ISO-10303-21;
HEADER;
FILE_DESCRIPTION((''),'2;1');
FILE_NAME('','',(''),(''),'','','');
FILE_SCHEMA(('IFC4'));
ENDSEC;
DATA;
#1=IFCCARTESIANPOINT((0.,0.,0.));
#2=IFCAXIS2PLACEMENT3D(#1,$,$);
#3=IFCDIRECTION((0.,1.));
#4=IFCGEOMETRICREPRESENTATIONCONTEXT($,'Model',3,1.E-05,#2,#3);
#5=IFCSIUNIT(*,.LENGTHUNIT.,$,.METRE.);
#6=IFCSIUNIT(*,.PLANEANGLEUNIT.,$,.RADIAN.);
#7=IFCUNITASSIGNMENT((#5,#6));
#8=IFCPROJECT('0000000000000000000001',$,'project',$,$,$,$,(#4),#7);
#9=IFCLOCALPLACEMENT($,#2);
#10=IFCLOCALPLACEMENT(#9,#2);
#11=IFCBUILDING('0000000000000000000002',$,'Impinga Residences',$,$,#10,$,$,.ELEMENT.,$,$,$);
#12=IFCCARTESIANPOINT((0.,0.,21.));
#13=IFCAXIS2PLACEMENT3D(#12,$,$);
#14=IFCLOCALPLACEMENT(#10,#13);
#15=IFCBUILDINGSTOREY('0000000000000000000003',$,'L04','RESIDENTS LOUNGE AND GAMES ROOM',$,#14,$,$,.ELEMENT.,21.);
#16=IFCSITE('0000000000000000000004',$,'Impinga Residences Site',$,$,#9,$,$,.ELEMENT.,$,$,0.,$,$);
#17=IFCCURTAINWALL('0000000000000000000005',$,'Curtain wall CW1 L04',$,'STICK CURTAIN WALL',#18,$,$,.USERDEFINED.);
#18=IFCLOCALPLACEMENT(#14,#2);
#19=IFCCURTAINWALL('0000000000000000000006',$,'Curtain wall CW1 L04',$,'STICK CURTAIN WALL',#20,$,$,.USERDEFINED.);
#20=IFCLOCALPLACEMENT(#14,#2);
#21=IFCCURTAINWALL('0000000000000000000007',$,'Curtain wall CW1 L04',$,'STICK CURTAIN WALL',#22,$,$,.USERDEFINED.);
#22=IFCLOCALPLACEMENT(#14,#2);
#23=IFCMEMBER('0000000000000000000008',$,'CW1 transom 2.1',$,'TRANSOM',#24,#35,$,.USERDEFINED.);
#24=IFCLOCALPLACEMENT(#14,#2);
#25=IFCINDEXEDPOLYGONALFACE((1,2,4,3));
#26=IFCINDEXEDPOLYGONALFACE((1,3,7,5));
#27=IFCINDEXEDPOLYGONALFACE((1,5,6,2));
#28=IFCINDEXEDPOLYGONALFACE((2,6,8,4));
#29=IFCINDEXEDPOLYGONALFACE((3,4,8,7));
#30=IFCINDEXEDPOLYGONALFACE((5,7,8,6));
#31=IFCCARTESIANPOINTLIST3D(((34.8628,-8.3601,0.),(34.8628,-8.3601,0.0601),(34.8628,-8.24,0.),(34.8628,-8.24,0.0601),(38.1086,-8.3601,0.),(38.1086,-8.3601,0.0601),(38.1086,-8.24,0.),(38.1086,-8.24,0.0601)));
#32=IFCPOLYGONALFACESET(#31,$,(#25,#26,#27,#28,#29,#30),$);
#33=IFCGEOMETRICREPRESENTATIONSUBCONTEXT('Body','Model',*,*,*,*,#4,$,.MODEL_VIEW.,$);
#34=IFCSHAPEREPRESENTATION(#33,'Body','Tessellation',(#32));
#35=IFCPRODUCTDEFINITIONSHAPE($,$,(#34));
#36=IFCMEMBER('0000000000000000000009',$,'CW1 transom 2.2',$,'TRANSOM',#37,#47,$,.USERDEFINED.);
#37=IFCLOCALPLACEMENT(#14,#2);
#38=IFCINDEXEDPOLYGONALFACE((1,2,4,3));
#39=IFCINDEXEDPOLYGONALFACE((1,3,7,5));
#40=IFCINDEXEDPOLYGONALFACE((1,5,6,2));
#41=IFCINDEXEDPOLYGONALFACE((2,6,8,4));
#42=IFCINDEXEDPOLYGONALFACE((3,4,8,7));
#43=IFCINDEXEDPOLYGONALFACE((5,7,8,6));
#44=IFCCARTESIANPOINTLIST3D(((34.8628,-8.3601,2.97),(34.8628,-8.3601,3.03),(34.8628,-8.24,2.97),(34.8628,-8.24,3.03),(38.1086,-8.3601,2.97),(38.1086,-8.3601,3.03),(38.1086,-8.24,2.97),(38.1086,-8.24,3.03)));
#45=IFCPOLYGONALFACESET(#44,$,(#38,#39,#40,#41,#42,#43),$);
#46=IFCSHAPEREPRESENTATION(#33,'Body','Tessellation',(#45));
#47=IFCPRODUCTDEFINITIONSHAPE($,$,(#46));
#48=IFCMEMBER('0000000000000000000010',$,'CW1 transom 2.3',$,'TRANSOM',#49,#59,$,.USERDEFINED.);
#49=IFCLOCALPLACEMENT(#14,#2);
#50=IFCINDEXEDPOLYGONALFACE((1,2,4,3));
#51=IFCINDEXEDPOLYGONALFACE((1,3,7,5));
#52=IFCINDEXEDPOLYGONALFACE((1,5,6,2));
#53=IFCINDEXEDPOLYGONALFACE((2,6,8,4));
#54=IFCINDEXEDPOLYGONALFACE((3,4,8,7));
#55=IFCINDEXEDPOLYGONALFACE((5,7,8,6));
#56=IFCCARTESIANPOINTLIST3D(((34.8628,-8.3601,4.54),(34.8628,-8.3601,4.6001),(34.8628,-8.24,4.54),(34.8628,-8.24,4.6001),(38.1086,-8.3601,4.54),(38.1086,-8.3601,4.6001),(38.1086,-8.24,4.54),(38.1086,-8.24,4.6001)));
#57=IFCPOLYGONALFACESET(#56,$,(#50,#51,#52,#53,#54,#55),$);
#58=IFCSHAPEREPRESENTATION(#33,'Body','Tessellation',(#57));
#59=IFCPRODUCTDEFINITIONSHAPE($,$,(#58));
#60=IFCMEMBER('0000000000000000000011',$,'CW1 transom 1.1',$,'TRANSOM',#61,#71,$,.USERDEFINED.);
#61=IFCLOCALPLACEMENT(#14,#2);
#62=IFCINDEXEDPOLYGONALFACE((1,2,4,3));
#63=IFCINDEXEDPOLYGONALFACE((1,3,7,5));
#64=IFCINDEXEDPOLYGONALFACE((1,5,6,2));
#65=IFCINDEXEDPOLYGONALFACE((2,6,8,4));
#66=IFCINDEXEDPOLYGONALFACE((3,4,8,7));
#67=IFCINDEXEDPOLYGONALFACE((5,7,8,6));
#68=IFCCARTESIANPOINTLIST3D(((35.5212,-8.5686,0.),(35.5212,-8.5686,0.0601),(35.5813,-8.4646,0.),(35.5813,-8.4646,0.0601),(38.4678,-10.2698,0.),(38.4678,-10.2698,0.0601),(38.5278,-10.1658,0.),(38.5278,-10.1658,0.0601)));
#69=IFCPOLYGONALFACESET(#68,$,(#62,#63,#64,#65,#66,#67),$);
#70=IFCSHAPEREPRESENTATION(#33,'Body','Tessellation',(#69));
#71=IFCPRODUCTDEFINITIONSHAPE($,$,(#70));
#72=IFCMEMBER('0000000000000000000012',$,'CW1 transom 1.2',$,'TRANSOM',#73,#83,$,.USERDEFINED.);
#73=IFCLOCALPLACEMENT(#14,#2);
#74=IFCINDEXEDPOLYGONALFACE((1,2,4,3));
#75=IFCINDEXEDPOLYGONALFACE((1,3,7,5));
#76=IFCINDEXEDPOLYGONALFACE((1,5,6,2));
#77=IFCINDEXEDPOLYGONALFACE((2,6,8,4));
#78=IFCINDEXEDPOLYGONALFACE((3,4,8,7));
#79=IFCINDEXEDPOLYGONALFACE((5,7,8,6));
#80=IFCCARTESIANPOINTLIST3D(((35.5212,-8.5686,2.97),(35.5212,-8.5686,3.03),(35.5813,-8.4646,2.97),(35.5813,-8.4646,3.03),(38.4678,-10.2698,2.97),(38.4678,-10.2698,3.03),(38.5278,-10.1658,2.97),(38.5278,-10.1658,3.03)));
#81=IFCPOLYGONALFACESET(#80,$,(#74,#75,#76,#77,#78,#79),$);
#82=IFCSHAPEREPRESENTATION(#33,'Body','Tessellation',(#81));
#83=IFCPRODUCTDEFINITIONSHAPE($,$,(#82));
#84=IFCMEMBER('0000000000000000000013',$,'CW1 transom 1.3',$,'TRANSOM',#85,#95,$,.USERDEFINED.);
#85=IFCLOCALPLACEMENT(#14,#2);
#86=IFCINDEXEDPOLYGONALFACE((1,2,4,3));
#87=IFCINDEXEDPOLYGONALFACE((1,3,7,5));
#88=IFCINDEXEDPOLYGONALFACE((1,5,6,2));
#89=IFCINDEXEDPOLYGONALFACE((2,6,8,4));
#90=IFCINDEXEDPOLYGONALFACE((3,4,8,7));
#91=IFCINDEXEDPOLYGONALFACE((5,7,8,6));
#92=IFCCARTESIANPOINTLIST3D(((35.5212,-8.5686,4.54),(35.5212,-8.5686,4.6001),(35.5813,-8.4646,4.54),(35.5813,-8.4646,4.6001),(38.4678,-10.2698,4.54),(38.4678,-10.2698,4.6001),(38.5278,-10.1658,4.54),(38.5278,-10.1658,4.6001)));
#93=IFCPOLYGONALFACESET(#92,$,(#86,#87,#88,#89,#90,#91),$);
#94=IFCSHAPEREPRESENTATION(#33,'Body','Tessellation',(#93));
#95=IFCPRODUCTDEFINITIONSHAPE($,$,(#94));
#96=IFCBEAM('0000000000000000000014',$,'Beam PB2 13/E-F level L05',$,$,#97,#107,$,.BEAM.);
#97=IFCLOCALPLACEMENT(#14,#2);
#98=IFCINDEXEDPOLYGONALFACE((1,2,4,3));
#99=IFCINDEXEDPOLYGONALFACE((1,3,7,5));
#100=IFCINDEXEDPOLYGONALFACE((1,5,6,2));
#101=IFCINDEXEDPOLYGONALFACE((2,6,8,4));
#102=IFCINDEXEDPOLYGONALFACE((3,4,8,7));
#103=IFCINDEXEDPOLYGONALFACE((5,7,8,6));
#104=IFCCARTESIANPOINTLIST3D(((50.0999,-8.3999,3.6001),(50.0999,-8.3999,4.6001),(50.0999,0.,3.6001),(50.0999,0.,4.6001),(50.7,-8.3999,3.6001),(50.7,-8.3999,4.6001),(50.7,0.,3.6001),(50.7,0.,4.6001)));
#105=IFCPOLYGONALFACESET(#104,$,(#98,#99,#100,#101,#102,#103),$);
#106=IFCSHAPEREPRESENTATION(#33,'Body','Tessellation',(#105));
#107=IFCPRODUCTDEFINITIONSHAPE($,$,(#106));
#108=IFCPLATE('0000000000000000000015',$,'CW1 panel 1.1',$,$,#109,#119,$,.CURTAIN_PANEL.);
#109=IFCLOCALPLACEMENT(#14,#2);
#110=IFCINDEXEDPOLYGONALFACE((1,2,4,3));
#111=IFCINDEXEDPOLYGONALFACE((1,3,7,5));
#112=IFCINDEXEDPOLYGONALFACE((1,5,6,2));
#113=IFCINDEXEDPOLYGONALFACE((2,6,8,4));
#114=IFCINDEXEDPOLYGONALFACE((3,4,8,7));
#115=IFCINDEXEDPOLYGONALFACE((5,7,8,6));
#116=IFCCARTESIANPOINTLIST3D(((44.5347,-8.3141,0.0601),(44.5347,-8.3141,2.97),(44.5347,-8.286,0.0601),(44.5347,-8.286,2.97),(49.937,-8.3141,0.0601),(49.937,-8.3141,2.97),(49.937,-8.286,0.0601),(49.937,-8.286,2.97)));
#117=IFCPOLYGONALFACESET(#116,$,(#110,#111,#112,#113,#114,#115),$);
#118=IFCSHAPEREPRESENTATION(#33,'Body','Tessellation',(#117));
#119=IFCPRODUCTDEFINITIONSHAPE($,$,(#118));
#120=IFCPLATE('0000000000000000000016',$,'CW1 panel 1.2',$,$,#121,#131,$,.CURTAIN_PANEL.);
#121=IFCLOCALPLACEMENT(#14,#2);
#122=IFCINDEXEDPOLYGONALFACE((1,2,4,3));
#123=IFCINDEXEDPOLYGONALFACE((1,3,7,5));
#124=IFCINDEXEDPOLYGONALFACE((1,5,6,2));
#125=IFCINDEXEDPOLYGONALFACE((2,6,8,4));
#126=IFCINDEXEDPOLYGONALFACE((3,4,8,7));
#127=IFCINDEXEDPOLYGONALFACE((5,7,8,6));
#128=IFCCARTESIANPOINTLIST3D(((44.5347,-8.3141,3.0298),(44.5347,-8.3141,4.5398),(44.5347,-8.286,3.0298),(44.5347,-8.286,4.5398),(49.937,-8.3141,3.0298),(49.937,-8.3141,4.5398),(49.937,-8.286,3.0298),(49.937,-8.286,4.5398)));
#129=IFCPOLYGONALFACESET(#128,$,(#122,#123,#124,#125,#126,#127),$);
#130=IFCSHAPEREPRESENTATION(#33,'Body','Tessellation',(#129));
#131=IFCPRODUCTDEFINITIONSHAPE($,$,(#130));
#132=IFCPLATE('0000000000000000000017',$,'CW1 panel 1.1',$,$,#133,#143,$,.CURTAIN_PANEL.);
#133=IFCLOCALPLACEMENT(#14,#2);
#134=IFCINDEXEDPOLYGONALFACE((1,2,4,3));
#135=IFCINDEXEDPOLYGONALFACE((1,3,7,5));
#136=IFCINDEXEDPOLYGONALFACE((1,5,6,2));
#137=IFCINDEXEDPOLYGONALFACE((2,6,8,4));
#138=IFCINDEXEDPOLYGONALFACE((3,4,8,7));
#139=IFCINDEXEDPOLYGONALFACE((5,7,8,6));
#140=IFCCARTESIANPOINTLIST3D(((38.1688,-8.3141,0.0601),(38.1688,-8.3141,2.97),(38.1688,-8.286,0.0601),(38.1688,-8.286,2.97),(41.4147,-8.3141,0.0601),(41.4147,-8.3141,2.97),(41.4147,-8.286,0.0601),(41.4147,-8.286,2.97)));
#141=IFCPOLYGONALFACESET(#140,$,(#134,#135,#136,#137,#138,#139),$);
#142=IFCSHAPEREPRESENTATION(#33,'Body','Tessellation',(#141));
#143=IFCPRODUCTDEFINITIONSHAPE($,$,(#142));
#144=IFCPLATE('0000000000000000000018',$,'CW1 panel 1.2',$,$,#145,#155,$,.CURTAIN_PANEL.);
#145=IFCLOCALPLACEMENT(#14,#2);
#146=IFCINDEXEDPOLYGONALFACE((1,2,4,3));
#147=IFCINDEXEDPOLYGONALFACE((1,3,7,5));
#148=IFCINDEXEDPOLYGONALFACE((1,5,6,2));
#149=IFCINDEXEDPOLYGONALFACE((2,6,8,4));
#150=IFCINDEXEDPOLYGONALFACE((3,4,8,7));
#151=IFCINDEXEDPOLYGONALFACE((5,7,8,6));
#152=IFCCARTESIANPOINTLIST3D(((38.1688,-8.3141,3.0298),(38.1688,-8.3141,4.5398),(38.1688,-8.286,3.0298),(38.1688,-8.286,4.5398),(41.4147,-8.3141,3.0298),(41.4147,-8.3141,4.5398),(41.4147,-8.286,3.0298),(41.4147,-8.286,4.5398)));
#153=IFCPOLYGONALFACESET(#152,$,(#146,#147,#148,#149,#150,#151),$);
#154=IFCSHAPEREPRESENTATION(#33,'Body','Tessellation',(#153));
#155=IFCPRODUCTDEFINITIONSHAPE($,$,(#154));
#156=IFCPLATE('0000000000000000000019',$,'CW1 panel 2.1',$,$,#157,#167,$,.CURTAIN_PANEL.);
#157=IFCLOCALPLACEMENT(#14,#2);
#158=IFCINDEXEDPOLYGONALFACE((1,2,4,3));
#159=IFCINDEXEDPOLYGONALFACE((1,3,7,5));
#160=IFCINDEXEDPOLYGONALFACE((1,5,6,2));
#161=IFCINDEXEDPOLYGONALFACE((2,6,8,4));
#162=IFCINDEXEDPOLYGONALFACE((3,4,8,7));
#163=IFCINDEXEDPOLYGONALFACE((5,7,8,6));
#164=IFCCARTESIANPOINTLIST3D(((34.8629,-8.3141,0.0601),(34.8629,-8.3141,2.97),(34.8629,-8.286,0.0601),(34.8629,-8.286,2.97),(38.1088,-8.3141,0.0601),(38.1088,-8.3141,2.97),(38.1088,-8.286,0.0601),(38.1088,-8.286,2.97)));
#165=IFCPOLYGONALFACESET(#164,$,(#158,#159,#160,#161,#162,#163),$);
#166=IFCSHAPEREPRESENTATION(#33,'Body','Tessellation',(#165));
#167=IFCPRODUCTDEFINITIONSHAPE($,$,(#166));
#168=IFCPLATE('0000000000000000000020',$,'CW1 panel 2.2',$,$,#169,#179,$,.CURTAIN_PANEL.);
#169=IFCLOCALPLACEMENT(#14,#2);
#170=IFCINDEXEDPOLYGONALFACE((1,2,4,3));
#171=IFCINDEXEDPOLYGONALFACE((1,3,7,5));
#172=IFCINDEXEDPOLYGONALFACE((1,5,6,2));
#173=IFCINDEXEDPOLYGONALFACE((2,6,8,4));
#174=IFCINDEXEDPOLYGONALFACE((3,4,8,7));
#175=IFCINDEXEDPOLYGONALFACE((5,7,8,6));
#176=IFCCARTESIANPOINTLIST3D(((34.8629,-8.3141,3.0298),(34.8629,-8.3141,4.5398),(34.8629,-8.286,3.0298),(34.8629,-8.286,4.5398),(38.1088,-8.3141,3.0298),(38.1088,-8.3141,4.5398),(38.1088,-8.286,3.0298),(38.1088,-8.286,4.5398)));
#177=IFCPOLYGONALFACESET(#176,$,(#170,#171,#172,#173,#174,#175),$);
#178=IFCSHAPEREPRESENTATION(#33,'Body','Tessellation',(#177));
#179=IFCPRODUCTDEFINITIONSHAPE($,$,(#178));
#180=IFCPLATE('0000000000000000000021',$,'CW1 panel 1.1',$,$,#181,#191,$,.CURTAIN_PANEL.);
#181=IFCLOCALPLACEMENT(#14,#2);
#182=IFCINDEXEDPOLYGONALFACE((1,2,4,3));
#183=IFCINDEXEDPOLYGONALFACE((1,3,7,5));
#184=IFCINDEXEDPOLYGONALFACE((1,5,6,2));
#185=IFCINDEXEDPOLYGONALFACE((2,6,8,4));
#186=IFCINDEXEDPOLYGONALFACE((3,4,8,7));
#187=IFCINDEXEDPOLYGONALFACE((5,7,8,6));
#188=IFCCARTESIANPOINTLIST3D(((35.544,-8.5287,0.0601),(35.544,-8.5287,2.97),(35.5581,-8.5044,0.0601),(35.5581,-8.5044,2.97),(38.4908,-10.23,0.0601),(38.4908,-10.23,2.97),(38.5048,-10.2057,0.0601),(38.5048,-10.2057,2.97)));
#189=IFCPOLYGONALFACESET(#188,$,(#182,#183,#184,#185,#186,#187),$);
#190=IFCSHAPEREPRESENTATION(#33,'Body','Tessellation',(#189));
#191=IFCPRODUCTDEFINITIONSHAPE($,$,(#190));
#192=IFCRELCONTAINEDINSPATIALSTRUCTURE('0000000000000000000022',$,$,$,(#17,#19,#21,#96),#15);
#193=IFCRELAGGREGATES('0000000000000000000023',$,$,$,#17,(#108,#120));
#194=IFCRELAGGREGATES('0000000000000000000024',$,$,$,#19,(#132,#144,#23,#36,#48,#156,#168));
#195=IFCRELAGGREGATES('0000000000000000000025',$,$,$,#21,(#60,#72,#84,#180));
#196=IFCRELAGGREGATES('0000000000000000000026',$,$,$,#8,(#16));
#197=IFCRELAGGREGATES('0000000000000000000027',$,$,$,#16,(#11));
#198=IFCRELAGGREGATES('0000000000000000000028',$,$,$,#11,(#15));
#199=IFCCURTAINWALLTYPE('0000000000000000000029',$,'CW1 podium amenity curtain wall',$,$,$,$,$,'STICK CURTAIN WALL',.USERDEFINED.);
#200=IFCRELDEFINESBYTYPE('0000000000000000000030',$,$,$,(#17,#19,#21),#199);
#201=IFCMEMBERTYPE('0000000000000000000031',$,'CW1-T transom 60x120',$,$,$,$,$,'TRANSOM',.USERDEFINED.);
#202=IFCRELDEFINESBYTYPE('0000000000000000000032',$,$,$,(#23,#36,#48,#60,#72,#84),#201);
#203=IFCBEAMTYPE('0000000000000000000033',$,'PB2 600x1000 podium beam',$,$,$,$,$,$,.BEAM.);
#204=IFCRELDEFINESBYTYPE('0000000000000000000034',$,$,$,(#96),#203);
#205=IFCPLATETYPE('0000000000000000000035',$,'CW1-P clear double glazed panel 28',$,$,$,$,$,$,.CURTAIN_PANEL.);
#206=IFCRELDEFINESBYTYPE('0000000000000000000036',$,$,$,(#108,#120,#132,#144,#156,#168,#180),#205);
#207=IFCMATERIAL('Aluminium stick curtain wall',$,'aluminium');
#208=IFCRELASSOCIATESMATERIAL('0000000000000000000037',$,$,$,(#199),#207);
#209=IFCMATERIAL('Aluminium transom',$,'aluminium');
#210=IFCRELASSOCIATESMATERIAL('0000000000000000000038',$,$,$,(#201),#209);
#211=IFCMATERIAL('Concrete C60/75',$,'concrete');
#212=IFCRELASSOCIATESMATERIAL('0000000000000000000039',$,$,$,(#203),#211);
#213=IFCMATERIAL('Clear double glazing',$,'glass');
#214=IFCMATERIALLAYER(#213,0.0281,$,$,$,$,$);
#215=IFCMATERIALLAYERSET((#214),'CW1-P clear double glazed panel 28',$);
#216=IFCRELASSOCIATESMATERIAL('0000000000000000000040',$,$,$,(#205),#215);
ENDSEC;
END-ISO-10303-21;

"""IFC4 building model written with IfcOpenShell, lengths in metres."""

from ifc_helpers import new_model, si_unit, direction, frame, origin, origin_2d, place, context, subcontext, project, spatial, rectangle, extrude, material, layer, layer_set, material_profile, profile_set, type_object, element, aggregate, save


model = new_model("IFC4")

# Units and contexts
model_context = context("Model", 3, precision=1e-05, world=origin(), true_north=direction((0.0, 1.0)))
body_context = subcontext(model_context, "Body", "Model", "MODEL_VIEW")
ifc_project = project(units=[si_unit("LENGTHUNIT", "METRE"), si_unit("PLANEANGLEUNIT", "RADIAN")], contexts=[model_context])

# Site, building, storey
site_placement = place(None, origin())
site = spatial("IfcSite", under=ifc_project, at=site_placement, Name="Impinga Residences Site", CompositionType="ELEMENT", RefElevation=0.0)
building_placement = place(site_placement, origin())
building = spatial("IfcBuilding", under=site, at=building_placement, Name="Impinga Residences", CompositionType="ELEMENT")
storey_placement = place(building_placement, frame((0.0, 0.0, 21.0)))
storey = spatial("IfcBuildingStorey", under=building, at=storey_placement, Name="L04", Description="RESIDENTS LOUNGE AND GAMES ROOM", CompositionType="ELEMENT", Elevation=21.0)

# Curtain walls
ifc_material_1 = material(Name="Aluminium stick curtain wall", Category="aluminium")
curtain_wall_type = type_object("IfcCurtainWallType", Name="CW1 podium amenity curtain wall", ElementType="STICK CURTAIN WALL", PredefinedType="USERDEFINED", material=ifc_material_1)
curtain_wall_1_placement = place(storey_placement, origin())
curtain_wall_1 = element("IfcCurtainWall", 1, at=curtain_wall_1_placement, inside=storey, type_object=curtain_wall_type, Name="Curtain wall CW1 L04", ObjectType="STICK CURTAIN WALL", PredefinedType="USERDEFINED")
curtain_wall_2_placement = place(storey_placement, origin())
curtain_wall_2 = element("IfcCurtainWall", 2, at=curtain_wall_2_placement, inside=storey, type_object=curtain_wall_type, Name="Curtain wall CW1 L04", ObjectType="STICK CURTAIN WALL", PredefinedType="USERDEFINED")
curtain_wall_3_placement = place(storey_placement, origin())
curtain_wall_3 = element("IfcCurtainWall", 3, at=curtain_wall_3_placement, inside=storey, type_object=curtain_wall_type, Name="Curtain wall CW1 L04", ObjectType="STICK CURTAIN WALL", PredefinedType="USERDEFINED")

# Members
ifc_material_2 = material(Name="Aluminium transom", Category="aluminium")
ifc_material_profile_1 = material_profile(ifc_material_2, rectangle(XDim=0.0601, YDim=0.1201, at=origin_2d()), Name="60x120 transom")
ifc_profile_set_1 = profile_set([ifc_material_profile_1], Name="Aluminium transom")
member_type_1 = type_object("IfcMemberType", Name="CW1-T transom 60x120", ElementType="TRANSOM", PredefinedType="USERDEFINED", material=ifc_profile_set_1)
member_1_placement = place(storey_placement, frame((38.1086, -8.3, 0.03), z_axis=(-1.0, 0.0, 0.0), x_axis=(0.0, 0.0, 1.0)))
member_1 = element("IfcMember", 4, at=member_1_placement, type_object=member_type_1, Name="CW1 transom 2.1", ObjectType="TRANSOM", PredefinedType="USERDEFINED", context=body_context, shape_type="SweptSolid", body=[
    extrude(rectangle(XDim=0.0601, YDim=0.1201, at=origin_2d()), origin(), (0.0, 0.0, 1.0), 3.2458),
])
member_2_placement = place(storey_placement, frame((38.1086, -8.3, 3.0), z_axis=(-1.0, 0.0, 0.0), x_axis=(0.0, 0.0, 1.0)))
member_2 = element("IfcMember", 5, at=member_2_placement, type_object=member_type_1, Name="CW1 transom 2.2", ObjectType="TRANSOM", PredefinedType="USERDEFINED", context=body_context, shape_type="SweptSolid", body=[
    extrude(rectangle(XDim=0.0601, YDim=0.1201, at=origin_2d()), origin(), (0.0, 0.0, 1.0), 3.2458),
])
member_3_placement = place(storey_placement, frame((38.1086, -8.3, 4.5701), z_axis=(-1.0, 0.0, 0.0), x_axis=(0.0, 0.0, 1.0)))
member_3 = element("IfcMember", 6, at=member_3_placement, type_object=member_type_1, Name="CW1 transom 2.3", ObjectType="TRANSOM", PredefinedType="USERDEFINED", context=body_context, shape_type="SweptSolid", body=[
    extrude(rectangle(XDim=0.0601, YDim=0.1201, at=origin_2d()), origin(), (0.0, 0.0, 1.0), 3.2458),
])
member_4_placement = place(storey_placement, frame((35.5513, -8.5166, 0.03), z_axis=(0.866027, -0.499998, 0.0), x_axis=(0.0, 0.0, 1.0)))
member_4 = element("IfcMember", 7, at=member_4_placement, type_object=member_type_1, Name="CW1 transom 1.1", ObjectType="TRANSOM", PredefinedType="USERDEFINED", context=body_context, shape_type="SweptSolid", body=[
    extrude(rectangle(XDim=0.0601, YDim=0.1201, at=origin_2d()), origin(), (0.0, 0.0, 1.0), 3.4023),
])
member_5_placement = place(storey_placement, frame((35.5513, -8.5166, 3.0), z_axis=(0.866027, -0.499998, 0.0), x_axis=(0.0, 0.0, 1.0)))
member_5 = element("IfcMember", 8, at=member_5_placement, type_object=member_type_1, Name="CW1 transom 1.2", ObjectType="TRANSOM", PredefinedType="USERDEFINED", context=body_context, shape_type="SweptSolid", body=[
    extrude(rectangle(XDim=0.0601, YDim=0.1201, at=origin_2d()), origin(), (0.0, 0.0, 1.0), 3.4023),
])
member_6_placement = place(storey_placement, frame((35.5513, -8.5166, 4.5701), z_axis=(0.866027, -0.499998, 0.0), x_axis=(0.0, 0.0, 1.0)))
member_6 = element("IfcMember", 9, at=member_6_placement, type_object=member_type_1, Name="CW1 transom 1.3", ObjectType="TRANSOM", PredefinedType="USERDEFINED", context=body_context, shape_type="SweptSolid", body=[
    extrude(rectangle(XDim=0.0601, YDim=0.1201, at=origin_2d()), origin(), (0.0, 0.0, 1.0), 3.4023),
])

# Beam
ifc_material_3 = material(Name="Concrete C60/75", Category="concrete")
ifc_material_profile_2 = material_profile(ifc_material_3, rectangle(XDim=0.6001, YDim=1.0, at=origin_2d()), Name="RC 600x1000")
ifc_profile_set_2 = profile_set([ifc_material_profile_2], Name="Concrete C60/75")
beam_type = type_object("IfcBeamType", Name="PB2 600x1000 podium beam", PredefinedType="BEAM", material=ifc_profile_set_2)
beam_placement = place(storey_placement, frame((50.3999, -8.3999, 4.1001), z_axis=(0.0, 1.0, 0.0), x_axis=(-1.0, 0.0, 0.0)))
element("IfcBeam", 10, at=beam_placement, inside=storey, type_object=beam_type, Name="Beam PB2 13/E-F level L05", PredefinedType="BEAM", context=body_context, shape_type="SweptSolid", body=[
    extrude(rectangle(XDim=0.6001, YDim=1.0, at=origin_2d()), origin(), (0.0, 0.0, 1.0), 8.3999),
])

# Plates
ifc_material_4 = material(Name="Clear double glazing", Category="glass")
ifc_layer_1 = layer(ifc_material_4, 0.0281)
ifc_layer_set_1 = layer_set([ifc_layer_1], Name="CW1-P clear double glazed panel 28")
plate_type = type_object("IfcPlateType", Name="CW1-P clear double glazed panel 28", PredefinedType="CURTAIN_PANEL", material=ifc_layer_set_1)
plate_1_placement = place(storey_placement, frame((47.2358, -8.3, 0.0601), z_axis=(0.0, 0.0, 1.0), x_axis=(-1.0, 0.0, 0.0)))
plate_1 = element("IfcPlate", 11, at=plate_1_placement, type_object=plate_type, Name="CW1 panel 1.1", PredefinedType="CURTAIN_PANEL", context=body_context, shape_type="SweptSolid", body=[
    extrude(rectangle(XDim=5.4023, YDim=0.0281, at=origin_2d()), origin(), (0.0, 0.0, 1.0), 2.9099),
])
plate_2_placement = place(storey_placement, frame((47.2358, -8.3, 3.0298), z_axis=(0.0, 0.0, 1.0), x_axis=(-1.0, 0.0, 0.0)))
plate_2 = element("IfcPlate", 12, at=plate_2_placement, type_object=plate_type, Name="CW1 panel 1.2", PredefinedType="CURTAIN_PANEL", context=body_context, shape_type="SweptSolid", body=[
    extrude(rectangle(XDim=5.4023, YDim=0.0281, at=origin_2d()), origin(), (0.0, 0.0, 1.0), 1.51),
])
aggregate(curtain_wall_1, [plate_1, plate_2])
plate_3_placement = place(storey_placement, frame((39.7917, -8.3, 0.0601), z_axis=(0.0, 0.0, 1.0), x_axis=(-1.0, 0.0, 0.0)))
plate_3 = element("IfcPlate", 13, at=plate_3_placement, type_object=plate_type, Name="CW1 panel 1.1", PredefinedType="CURTAIN_PANEL", context=body_context, shape_type="SweptSolid", body=[
    extrude(rectangle(XDim=3.2458, YDim=0.0281, at=origin_2d()), origin(), (0.0, 0.0, 1.0), 2.9099),
])
plate_4_placement = place(storey_placement, frame((39.7917, -8.3, 3.0298), z_axis=(0.0, 0.0, 1.0), x_axis=(-1.0, 0.0, 0.0)))
plate_4 = element("IfcPlate", 14, at=plate_4_placement, type_object=plate_type, Name="CW1 panel 1.2", PredefinedType="CURTAIN_PANEL", context=body_context, shape_type="SweptSolid", body=[
    extrude(rectangle(XDim=3.2458, YDim=0.0281, at=origin_2d()), origin(), (0.0, 0.0, 1.0), 1.51),
])
plate_5_placement = place(storey_placement, frame((36.4858, -8.3, 0.0601), z_axis=(0.0, 0.0, 1.0), x_axis=(-1.0, 0.0, 0.0)))
plate_5 = element("IfcPlate", 15, at=plate_5_placement, type_object=plate_type, Name="CW1 panel 2.1", PredefinedType="CURTAIN_PANEL", context=body_context, shape_type="SweptSolid", body=[
    extrude(rectangle(XDim=3.2458, YDim=0.0281, at=origin_2d()), origin(), (0.0, 0.0, 1.0), 2.9099),
])
plate_6_placement = place(storey_placement, frame((36.4858, -8.3, 3.0298), z_axis=(0.0, 0.0, 1.0), x_axis=(-1.0, 0.0, 0.0)))
plate_6 = element("IfcPlate", 16, at=plate_6_placement, type_object=plate_type, Name="CW1 panel 2.2", PredefinedType="CURTAIN_PANEL", context=body_context, shape_type="SweptSolid", body=[
    extrude(rectangle(XDim=3.2458, YDim=0.0281, at=origin_2d()), origin(), (0.0, 0.0, 1.0), 1.51),
])
aggregate(curtain_wall_2, [plate_3, plate_4, member_1, member_2, member_3, plate_5, plate_6])
plate_7_placement = place(storey_placement, frame((37.0244, -9.3672, 0.0601), z_axis=(0.0, 0.0, 1.0), x_axis=(0.866025, -0.5, 0.0)))
plate_7 = element("IfcPlate", 17, at=plate_7_placement, type_object=plate_type, Name="CW1 panel 1.1", PredefinedType="CURTAIN_PANEL", context=body_context, shape_type="SweptSolid", body=[
    extrude(rectangle(XDim=3.4026, YDim=0.0281, at=origin_2d()), origin(), (0.0, 0.0, 1.0), 2.9099),
])
aggregate(curtain_wall_3, [member_4, member_5, member_6, plate_7])

save(model, "model.ifc")
